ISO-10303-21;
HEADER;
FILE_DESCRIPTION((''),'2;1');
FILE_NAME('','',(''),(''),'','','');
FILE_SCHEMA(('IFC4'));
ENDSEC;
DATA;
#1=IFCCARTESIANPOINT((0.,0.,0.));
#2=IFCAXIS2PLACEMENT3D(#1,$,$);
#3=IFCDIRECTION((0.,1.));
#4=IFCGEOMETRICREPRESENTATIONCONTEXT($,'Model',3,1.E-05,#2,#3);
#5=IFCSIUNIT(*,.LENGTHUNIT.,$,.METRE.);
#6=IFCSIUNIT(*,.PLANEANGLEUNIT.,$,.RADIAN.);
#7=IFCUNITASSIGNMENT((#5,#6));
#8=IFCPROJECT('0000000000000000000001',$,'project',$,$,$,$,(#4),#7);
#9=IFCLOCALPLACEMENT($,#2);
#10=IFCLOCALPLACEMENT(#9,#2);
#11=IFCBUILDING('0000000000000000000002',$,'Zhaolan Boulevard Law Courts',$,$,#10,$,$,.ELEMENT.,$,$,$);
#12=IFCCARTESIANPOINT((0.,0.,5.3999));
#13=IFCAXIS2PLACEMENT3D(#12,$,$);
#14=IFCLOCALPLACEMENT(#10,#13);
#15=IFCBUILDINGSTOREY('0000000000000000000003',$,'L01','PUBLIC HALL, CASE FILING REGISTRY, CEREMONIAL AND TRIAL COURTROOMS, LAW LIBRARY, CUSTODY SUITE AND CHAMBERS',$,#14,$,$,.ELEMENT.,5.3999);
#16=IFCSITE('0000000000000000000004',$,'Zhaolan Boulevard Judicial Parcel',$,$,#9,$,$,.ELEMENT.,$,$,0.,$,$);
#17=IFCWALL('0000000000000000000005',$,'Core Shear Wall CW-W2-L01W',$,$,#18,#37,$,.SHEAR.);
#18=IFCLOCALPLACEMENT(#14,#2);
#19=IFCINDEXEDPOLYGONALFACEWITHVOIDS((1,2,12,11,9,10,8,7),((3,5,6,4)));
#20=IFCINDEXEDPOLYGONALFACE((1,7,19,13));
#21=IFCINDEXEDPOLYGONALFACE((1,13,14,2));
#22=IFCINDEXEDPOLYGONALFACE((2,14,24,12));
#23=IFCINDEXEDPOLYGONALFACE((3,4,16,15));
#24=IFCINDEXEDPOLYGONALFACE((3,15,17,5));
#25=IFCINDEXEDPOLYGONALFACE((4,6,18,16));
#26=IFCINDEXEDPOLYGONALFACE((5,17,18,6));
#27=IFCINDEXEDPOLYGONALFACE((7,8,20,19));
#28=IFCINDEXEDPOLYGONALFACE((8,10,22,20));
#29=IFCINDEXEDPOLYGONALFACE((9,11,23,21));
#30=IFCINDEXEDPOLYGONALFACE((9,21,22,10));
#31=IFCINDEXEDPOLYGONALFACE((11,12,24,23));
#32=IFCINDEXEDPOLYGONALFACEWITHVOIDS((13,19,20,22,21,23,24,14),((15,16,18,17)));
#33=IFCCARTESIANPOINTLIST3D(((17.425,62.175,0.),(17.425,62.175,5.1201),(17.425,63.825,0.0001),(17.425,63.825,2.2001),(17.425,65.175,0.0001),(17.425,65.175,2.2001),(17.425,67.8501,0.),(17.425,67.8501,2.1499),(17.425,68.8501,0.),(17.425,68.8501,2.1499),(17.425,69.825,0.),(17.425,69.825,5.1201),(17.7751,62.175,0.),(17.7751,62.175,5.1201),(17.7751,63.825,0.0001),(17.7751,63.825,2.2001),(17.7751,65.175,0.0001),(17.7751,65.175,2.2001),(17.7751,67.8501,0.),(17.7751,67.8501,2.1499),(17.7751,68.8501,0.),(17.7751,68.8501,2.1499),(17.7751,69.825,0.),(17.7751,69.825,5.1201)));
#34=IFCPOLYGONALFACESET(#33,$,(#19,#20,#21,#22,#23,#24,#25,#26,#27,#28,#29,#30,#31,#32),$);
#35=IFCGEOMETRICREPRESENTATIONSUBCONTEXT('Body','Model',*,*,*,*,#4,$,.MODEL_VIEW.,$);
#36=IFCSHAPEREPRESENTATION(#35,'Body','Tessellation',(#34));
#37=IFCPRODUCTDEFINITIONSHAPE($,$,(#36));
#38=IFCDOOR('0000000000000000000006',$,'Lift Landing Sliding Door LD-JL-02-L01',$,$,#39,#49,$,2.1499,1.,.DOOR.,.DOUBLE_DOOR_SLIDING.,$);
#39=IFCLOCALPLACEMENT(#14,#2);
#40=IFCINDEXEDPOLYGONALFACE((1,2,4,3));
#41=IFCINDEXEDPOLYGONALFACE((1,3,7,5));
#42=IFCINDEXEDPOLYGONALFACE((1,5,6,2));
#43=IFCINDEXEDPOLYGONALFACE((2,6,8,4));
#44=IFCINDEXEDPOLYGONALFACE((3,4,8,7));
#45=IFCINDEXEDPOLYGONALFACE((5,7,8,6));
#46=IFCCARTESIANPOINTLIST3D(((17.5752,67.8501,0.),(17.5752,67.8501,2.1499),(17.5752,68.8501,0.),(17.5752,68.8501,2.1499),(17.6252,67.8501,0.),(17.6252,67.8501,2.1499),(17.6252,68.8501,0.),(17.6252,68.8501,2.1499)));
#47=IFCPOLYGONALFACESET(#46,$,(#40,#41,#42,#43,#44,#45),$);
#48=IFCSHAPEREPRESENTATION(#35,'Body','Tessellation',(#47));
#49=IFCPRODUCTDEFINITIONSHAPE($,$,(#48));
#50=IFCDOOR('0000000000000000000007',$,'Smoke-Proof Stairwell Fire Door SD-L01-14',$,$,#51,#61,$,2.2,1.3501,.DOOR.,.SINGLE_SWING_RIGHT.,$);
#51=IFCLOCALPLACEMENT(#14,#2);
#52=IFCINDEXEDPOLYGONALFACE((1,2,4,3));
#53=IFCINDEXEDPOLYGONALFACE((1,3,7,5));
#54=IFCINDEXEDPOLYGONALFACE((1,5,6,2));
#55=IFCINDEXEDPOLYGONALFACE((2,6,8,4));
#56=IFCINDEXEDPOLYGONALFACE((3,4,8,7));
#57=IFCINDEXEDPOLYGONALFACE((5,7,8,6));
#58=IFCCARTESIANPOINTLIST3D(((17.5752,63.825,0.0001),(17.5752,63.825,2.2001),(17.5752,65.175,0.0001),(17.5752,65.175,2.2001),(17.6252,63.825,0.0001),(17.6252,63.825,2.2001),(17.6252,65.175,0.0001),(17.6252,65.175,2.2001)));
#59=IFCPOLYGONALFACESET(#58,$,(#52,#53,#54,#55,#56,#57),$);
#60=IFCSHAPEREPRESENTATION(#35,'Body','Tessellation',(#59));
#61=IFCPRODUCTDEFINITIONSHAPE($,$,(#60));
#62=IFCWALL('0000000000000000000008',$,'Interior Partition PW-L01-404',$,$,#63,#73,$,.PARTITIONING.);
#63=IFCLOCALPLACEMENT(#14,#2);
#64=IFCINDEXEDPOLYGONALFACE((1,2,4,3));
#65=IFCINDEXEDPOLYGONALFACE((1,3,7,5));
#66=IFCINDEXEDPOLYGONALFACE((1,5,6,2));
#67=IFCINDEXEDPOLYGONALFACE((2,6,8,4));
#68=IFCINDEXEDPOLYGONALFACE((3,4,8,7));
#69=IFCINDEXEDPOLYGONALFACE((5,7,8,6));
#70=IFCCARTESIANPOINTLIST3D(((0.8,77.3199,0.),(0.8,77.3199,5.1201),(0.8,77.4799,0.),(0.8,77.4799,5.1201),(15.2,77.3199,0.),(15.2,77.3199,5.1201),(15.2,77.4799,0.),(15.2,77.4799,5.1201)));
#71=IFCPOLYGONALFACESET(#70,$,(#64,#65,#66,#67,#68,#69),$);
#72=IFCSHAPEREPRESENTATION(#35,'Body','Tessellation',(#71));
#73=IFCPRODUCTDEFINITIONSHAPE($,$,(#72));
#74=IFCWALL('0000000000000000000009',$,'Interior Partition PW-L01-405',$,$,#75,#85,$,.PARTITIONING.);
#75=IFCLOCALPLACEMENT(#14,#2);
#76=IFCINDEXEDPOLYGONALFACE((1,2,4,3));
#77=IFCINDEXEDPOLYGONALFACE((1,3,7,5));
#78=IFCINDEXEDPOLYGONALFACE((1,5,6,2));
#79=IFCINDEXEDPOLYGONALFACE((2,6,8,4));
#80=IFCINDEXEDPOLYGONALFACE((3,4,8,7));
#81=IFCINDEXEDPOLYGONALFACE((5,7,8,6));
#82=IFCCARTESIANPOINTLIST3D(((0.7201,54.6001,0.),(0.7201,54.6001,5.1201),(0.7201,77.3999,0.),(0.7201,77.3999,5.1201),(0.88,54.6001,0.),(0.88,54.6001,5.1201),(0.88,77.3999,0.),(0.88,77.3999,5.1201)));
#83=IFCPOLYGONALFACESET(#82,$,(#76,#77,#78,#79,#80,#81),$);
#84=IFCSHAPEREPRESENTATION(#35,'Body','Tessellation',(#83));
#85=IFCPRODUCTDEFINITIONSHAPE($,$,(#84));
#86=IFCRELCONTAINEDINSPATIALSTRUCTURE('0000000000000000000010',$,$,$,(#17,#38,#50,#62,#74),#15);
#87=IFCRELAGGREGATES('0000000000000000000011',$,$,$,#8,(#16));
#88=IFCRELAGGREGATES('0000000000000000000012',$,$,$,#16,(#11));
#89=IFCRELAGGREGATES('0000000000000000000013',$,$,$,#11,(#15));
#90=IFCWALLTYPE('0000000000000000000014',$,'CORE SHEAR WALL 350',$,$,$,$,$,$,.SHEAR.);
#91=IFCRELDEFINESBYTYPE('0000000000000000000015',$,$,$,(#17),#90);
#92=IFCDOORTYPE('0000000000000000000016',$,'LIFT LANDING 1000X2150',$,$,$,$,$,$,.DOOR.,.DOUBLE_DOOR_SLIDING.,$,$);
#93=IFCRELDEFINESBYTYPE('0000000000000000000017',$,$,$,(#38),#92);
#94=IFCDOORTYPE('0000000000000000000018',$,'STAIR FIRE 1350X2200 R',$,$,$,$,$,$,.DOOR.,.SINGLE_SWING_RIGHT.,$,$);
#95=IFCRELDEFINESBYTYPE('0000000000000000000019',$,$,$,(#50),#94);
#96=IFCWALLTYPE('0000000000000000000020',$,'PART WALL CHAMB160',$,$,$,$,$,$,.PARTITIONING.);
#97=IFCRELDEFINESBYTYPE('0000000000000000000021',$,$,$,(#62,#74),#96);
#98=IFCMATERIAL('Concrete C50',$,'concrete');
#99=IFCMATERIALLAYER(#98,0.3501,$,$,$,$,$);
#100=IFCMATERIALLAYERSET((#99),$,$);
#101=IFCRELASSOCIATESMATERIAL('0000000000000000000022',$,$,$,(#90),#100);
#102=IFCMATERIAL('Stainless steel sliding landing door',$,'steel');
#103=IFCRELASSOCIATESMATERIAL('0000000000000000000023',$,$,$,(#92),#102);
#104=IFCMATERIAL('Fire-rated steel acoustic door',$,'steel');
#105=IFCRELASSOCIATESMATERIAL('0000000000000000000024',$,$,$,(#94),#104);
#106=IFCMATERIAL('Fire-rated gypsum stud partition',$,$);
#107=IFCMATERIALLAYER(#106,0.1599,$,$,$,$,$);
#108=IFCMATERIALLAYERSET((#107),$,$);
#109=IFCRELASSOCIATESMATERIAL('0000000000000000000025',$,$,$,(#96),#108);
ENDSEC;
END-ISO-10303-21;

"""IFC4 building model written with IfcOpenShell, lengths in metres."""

from ifc_helpers import new_model, si_unit, direction, frame, frame_2d, origin, place, context, subcontext, project, spatial, rectangle, extrude, material, layer, layer_set, type_object, element, fill, save


model = new_model("IFC4")

# Units and contexts
model_context = context("Model", 3, precision=1e-05, world=origin(), true_north=direction((0.0, 1.0)))
body_context = subcontext(model_context, "Body", "Model", "MODEL_VIEW")
ifc_project = project(units=[si_unit("LENGTHUNIT", "METRE"), si_unit("PLANEANGLEUNIT", "RADIAN")], contexts=[model_context])

# Site, building, storey
site_placement = place(None, origin())
site = spatial("IfcSite", under=ifc_project, at=site_placement, Name="Zhaolan Boulevard Judicial Parcel", CompositionType="ELEMENT", RefElevation=0.0)
building_placement = place(site_placement, origin())
building = spatial("IfcBuilding", under=site, at=building_placement, Name="Zhaolan Boulevard Law Courts", CompositionType="ELEMENT")
storey_placement = place(building_placement, frame((0.0, 0.0, 5.3999)))
storey = spatial("IfcBuildingStorey", under=building, at=storey_placement, Name="L01", Description="PUBLIC HALL, CASE FILING REGISTRY, CEREMONIAL AND TRIAL COURTROOMS, LAW LIBRARY, CUSTODY SUITE AND CHAMBERS", CompositionType="ELEMENT", Elevation=5.3999)

# Wall, openings, doors
ifc_material_1 = material(Name="Concrete C50", Category="concrete")
ifc_layer_1 = layer(ifc_material_1, 0.3501)
ifc_layer_set_1 = layer_set([ifc_layer_1])
wall_type_1 = type_object("IfcWallType", Name="CORE SHEAR WALL 350", PredefinedType="SHEAR", material=ifc_layer_set_1)
wall_1_placement = place(storey_placement, frame((17.6001, 62.175, 0.0), z_axis=(0.0, 0.0, 1.0), x_axis=(0.0, 1.0, 0.0)))
wall_1 = element("IfcWall", 1, at=wall_1_placement, inside=storey, type_object=wall_type_1, Name="Core Shear Wall CW-W2-L01W", PredefinedType="SHEAR", context=body_context, shape_type="SweptSolid", body=[
    extrude(rectangle(XDim=7.6499, YDim=0.3501, at=frame_2d((3.825, 0.0))), origin(), (0.0, 0.0, 1.0), 5.1201),
])
opening_1_placement = place(wall_1_placement, frame((1.6499, 0.0, 0.0)))
opening_1 = element("IfcOpeningElement", 2, at=opening_1_placement, cuts=wall_1, PredefinedType="OPENING", context=body_context, shape_type="SweptSolid", body=[
    extrude(rectangle(XDim=1.3501, YDim=2.2, at=frame_2d((0.675, 1.1001))), frame((0.0, 0.1851, 0.0), z_axis=(0.0, -1.0, 0.0), x_axis=(1.0, 0.0, 0.0)), (0.0, 0.0, 1.0), 0.3701),
])
opening_2_placement = place(wall_1_placement, frame((5.675, 0.0, 0.0)))
opening_2 = element("IfcOpeningElement", 3, at=opening_2_placement, cuts=wall_1, PredefinedType="OPENING", context=body_context, shape_type="SweptSolid", body=[
    extrude(rectangle(XDim=1.0, YDim=2.1499, at=frame_2d((0.5, 1.075))), frame((0.0, 0.1851, 0.0), z_axis=(0.0, -1.0, 0.0), x_axis=(1.0, 0.0, 0.0)), (0.0, 0.0, 1.0), 0.3701),
])
ifc_material_2 = material(Name="Stainless steel sliding landing door", Category="steel")
door_type_1 = type_object("IfcDoorType", Name="LIFT LANDING 1000X2150", OperationType="DOUBLE_DOOR_SLIDING", PredefinedType="DOOR", material=ifc_material_2)
door_1_placement = place(opening_2_placement, origin())
door_1 = element("IfcDoor", 4, at=door_1_placement, inside=storey, type_object=door_type_1, Name="Lift Landing Sliding Door LD-JL-02-L01", OperationType="DOUBLE_DOOR_SLIDING", OverallHeight=2.1499, OverallWidth=1.0, PredefinedType="DOOR", context=body_context, shape_type="SweptSolid", body=[
    extrude(rectangle(XDim=1.0, YDim=2.1499, at=frame_2d((0.5, 1.075))), frame((0.0, 0.0249, 0.0), z_axis=(0.0, -1.0, 0.0), x_axis=(1.0, 0.0, 0.0)), (0.0, 0.0, 1.0), 0.05),
])
fill(opening_2, door_1)
ifc_material_3 = material(Name="Fire-rated steel acoustic door", Category="steel")
door_type_2 = type_object("IfcDoorType", Name="STAIR FIRE 1350X2200 R", OperationType="SINGLE_SWING_RIGHT", PredefinedType="DOOR", material=ifc_material_3)
door_2_placement = place(opening_1_placement, origin())
door_2 = element("IfcDoor", 5, at=door_2_placement, inside=storey, type_object=door_type_2, Name="Smoke-Proof Stairwell Fire Door SD-L01-14", OperationType="SINGLE_SWING_RIGHT", OverallHeight=2.2, OverallWidth=1.3501, PredefinedType="DOOR", context=body_context, shape_type="SweptSolid", body=[
    extrude(rectangle(XDim=1.3501, YDim=2.2, at=frame_2d((0.675, 1.1001))), frame((0.0, 0.0249, 0.0), z_axis=(0.0, -1.0, 0.0), x_axis=(1.0, 0.0, 0.0)), (0.0, 0.0, 1.0), 0.05),
])
fill(opening_1, door_2)

# Walls
ifc_material_4 = material(Name="Fire-rated gypsum stud partition")
ifc_layer_2 = layer(ifc_material_4, 0.1599)
ifc_layer_set_2 = layer_set([ifc_layer_2])
wall_type_2 = type_object("IfcWallType", Name="PART WALL CHAMB160", PredefinedType="PARTITIONING", material=ifc_layer_set_2)
wall_2_placement = place(storey_placement, frame((15.2, 77.3999, 0.0), z_axis=(0.0, 0.0, 1.0), x_axis=(-1.0, 0.0, 0.0)))
element("IfcWall", 6, at=wall_2_placement, inside=storey, type_object=wall_type_2, Name="Interior Partition PW-L01-404", PredefinedType="PARTITIONING", context=body_context, shape_type="SweptSolid", body=[
    extrude(rectangle(XDim=14.3999, YDim=0.1599, at=frame_2d((7.2, 0.0))), origin(), (0.0, 0.0, 1.0), 5.1201),
])
wall_3_placement = place(storey_placement, frame((0.8, 77.3999, 0.0), z_axis=(0.0, 0.0, 1.0), x_axis=(0.0, -1.0, 0.0)))
element("IfcWall", 7, at=wall_3_placement, inside=storey, type_object=wall_type_2, Name="Interior Partition PW-L01-405", PredefinedType="PARTITIONING", context=body_context, shape_type="SweptSolid", body=[
    extrude(rectangle(XDim=22.7998, YDim=0.1599, at=frame_2d((11.3999, 0.0))), origin(), (0.0, 0.0, 1.0), 5.1201),
])

save(model, "model.ifc")
